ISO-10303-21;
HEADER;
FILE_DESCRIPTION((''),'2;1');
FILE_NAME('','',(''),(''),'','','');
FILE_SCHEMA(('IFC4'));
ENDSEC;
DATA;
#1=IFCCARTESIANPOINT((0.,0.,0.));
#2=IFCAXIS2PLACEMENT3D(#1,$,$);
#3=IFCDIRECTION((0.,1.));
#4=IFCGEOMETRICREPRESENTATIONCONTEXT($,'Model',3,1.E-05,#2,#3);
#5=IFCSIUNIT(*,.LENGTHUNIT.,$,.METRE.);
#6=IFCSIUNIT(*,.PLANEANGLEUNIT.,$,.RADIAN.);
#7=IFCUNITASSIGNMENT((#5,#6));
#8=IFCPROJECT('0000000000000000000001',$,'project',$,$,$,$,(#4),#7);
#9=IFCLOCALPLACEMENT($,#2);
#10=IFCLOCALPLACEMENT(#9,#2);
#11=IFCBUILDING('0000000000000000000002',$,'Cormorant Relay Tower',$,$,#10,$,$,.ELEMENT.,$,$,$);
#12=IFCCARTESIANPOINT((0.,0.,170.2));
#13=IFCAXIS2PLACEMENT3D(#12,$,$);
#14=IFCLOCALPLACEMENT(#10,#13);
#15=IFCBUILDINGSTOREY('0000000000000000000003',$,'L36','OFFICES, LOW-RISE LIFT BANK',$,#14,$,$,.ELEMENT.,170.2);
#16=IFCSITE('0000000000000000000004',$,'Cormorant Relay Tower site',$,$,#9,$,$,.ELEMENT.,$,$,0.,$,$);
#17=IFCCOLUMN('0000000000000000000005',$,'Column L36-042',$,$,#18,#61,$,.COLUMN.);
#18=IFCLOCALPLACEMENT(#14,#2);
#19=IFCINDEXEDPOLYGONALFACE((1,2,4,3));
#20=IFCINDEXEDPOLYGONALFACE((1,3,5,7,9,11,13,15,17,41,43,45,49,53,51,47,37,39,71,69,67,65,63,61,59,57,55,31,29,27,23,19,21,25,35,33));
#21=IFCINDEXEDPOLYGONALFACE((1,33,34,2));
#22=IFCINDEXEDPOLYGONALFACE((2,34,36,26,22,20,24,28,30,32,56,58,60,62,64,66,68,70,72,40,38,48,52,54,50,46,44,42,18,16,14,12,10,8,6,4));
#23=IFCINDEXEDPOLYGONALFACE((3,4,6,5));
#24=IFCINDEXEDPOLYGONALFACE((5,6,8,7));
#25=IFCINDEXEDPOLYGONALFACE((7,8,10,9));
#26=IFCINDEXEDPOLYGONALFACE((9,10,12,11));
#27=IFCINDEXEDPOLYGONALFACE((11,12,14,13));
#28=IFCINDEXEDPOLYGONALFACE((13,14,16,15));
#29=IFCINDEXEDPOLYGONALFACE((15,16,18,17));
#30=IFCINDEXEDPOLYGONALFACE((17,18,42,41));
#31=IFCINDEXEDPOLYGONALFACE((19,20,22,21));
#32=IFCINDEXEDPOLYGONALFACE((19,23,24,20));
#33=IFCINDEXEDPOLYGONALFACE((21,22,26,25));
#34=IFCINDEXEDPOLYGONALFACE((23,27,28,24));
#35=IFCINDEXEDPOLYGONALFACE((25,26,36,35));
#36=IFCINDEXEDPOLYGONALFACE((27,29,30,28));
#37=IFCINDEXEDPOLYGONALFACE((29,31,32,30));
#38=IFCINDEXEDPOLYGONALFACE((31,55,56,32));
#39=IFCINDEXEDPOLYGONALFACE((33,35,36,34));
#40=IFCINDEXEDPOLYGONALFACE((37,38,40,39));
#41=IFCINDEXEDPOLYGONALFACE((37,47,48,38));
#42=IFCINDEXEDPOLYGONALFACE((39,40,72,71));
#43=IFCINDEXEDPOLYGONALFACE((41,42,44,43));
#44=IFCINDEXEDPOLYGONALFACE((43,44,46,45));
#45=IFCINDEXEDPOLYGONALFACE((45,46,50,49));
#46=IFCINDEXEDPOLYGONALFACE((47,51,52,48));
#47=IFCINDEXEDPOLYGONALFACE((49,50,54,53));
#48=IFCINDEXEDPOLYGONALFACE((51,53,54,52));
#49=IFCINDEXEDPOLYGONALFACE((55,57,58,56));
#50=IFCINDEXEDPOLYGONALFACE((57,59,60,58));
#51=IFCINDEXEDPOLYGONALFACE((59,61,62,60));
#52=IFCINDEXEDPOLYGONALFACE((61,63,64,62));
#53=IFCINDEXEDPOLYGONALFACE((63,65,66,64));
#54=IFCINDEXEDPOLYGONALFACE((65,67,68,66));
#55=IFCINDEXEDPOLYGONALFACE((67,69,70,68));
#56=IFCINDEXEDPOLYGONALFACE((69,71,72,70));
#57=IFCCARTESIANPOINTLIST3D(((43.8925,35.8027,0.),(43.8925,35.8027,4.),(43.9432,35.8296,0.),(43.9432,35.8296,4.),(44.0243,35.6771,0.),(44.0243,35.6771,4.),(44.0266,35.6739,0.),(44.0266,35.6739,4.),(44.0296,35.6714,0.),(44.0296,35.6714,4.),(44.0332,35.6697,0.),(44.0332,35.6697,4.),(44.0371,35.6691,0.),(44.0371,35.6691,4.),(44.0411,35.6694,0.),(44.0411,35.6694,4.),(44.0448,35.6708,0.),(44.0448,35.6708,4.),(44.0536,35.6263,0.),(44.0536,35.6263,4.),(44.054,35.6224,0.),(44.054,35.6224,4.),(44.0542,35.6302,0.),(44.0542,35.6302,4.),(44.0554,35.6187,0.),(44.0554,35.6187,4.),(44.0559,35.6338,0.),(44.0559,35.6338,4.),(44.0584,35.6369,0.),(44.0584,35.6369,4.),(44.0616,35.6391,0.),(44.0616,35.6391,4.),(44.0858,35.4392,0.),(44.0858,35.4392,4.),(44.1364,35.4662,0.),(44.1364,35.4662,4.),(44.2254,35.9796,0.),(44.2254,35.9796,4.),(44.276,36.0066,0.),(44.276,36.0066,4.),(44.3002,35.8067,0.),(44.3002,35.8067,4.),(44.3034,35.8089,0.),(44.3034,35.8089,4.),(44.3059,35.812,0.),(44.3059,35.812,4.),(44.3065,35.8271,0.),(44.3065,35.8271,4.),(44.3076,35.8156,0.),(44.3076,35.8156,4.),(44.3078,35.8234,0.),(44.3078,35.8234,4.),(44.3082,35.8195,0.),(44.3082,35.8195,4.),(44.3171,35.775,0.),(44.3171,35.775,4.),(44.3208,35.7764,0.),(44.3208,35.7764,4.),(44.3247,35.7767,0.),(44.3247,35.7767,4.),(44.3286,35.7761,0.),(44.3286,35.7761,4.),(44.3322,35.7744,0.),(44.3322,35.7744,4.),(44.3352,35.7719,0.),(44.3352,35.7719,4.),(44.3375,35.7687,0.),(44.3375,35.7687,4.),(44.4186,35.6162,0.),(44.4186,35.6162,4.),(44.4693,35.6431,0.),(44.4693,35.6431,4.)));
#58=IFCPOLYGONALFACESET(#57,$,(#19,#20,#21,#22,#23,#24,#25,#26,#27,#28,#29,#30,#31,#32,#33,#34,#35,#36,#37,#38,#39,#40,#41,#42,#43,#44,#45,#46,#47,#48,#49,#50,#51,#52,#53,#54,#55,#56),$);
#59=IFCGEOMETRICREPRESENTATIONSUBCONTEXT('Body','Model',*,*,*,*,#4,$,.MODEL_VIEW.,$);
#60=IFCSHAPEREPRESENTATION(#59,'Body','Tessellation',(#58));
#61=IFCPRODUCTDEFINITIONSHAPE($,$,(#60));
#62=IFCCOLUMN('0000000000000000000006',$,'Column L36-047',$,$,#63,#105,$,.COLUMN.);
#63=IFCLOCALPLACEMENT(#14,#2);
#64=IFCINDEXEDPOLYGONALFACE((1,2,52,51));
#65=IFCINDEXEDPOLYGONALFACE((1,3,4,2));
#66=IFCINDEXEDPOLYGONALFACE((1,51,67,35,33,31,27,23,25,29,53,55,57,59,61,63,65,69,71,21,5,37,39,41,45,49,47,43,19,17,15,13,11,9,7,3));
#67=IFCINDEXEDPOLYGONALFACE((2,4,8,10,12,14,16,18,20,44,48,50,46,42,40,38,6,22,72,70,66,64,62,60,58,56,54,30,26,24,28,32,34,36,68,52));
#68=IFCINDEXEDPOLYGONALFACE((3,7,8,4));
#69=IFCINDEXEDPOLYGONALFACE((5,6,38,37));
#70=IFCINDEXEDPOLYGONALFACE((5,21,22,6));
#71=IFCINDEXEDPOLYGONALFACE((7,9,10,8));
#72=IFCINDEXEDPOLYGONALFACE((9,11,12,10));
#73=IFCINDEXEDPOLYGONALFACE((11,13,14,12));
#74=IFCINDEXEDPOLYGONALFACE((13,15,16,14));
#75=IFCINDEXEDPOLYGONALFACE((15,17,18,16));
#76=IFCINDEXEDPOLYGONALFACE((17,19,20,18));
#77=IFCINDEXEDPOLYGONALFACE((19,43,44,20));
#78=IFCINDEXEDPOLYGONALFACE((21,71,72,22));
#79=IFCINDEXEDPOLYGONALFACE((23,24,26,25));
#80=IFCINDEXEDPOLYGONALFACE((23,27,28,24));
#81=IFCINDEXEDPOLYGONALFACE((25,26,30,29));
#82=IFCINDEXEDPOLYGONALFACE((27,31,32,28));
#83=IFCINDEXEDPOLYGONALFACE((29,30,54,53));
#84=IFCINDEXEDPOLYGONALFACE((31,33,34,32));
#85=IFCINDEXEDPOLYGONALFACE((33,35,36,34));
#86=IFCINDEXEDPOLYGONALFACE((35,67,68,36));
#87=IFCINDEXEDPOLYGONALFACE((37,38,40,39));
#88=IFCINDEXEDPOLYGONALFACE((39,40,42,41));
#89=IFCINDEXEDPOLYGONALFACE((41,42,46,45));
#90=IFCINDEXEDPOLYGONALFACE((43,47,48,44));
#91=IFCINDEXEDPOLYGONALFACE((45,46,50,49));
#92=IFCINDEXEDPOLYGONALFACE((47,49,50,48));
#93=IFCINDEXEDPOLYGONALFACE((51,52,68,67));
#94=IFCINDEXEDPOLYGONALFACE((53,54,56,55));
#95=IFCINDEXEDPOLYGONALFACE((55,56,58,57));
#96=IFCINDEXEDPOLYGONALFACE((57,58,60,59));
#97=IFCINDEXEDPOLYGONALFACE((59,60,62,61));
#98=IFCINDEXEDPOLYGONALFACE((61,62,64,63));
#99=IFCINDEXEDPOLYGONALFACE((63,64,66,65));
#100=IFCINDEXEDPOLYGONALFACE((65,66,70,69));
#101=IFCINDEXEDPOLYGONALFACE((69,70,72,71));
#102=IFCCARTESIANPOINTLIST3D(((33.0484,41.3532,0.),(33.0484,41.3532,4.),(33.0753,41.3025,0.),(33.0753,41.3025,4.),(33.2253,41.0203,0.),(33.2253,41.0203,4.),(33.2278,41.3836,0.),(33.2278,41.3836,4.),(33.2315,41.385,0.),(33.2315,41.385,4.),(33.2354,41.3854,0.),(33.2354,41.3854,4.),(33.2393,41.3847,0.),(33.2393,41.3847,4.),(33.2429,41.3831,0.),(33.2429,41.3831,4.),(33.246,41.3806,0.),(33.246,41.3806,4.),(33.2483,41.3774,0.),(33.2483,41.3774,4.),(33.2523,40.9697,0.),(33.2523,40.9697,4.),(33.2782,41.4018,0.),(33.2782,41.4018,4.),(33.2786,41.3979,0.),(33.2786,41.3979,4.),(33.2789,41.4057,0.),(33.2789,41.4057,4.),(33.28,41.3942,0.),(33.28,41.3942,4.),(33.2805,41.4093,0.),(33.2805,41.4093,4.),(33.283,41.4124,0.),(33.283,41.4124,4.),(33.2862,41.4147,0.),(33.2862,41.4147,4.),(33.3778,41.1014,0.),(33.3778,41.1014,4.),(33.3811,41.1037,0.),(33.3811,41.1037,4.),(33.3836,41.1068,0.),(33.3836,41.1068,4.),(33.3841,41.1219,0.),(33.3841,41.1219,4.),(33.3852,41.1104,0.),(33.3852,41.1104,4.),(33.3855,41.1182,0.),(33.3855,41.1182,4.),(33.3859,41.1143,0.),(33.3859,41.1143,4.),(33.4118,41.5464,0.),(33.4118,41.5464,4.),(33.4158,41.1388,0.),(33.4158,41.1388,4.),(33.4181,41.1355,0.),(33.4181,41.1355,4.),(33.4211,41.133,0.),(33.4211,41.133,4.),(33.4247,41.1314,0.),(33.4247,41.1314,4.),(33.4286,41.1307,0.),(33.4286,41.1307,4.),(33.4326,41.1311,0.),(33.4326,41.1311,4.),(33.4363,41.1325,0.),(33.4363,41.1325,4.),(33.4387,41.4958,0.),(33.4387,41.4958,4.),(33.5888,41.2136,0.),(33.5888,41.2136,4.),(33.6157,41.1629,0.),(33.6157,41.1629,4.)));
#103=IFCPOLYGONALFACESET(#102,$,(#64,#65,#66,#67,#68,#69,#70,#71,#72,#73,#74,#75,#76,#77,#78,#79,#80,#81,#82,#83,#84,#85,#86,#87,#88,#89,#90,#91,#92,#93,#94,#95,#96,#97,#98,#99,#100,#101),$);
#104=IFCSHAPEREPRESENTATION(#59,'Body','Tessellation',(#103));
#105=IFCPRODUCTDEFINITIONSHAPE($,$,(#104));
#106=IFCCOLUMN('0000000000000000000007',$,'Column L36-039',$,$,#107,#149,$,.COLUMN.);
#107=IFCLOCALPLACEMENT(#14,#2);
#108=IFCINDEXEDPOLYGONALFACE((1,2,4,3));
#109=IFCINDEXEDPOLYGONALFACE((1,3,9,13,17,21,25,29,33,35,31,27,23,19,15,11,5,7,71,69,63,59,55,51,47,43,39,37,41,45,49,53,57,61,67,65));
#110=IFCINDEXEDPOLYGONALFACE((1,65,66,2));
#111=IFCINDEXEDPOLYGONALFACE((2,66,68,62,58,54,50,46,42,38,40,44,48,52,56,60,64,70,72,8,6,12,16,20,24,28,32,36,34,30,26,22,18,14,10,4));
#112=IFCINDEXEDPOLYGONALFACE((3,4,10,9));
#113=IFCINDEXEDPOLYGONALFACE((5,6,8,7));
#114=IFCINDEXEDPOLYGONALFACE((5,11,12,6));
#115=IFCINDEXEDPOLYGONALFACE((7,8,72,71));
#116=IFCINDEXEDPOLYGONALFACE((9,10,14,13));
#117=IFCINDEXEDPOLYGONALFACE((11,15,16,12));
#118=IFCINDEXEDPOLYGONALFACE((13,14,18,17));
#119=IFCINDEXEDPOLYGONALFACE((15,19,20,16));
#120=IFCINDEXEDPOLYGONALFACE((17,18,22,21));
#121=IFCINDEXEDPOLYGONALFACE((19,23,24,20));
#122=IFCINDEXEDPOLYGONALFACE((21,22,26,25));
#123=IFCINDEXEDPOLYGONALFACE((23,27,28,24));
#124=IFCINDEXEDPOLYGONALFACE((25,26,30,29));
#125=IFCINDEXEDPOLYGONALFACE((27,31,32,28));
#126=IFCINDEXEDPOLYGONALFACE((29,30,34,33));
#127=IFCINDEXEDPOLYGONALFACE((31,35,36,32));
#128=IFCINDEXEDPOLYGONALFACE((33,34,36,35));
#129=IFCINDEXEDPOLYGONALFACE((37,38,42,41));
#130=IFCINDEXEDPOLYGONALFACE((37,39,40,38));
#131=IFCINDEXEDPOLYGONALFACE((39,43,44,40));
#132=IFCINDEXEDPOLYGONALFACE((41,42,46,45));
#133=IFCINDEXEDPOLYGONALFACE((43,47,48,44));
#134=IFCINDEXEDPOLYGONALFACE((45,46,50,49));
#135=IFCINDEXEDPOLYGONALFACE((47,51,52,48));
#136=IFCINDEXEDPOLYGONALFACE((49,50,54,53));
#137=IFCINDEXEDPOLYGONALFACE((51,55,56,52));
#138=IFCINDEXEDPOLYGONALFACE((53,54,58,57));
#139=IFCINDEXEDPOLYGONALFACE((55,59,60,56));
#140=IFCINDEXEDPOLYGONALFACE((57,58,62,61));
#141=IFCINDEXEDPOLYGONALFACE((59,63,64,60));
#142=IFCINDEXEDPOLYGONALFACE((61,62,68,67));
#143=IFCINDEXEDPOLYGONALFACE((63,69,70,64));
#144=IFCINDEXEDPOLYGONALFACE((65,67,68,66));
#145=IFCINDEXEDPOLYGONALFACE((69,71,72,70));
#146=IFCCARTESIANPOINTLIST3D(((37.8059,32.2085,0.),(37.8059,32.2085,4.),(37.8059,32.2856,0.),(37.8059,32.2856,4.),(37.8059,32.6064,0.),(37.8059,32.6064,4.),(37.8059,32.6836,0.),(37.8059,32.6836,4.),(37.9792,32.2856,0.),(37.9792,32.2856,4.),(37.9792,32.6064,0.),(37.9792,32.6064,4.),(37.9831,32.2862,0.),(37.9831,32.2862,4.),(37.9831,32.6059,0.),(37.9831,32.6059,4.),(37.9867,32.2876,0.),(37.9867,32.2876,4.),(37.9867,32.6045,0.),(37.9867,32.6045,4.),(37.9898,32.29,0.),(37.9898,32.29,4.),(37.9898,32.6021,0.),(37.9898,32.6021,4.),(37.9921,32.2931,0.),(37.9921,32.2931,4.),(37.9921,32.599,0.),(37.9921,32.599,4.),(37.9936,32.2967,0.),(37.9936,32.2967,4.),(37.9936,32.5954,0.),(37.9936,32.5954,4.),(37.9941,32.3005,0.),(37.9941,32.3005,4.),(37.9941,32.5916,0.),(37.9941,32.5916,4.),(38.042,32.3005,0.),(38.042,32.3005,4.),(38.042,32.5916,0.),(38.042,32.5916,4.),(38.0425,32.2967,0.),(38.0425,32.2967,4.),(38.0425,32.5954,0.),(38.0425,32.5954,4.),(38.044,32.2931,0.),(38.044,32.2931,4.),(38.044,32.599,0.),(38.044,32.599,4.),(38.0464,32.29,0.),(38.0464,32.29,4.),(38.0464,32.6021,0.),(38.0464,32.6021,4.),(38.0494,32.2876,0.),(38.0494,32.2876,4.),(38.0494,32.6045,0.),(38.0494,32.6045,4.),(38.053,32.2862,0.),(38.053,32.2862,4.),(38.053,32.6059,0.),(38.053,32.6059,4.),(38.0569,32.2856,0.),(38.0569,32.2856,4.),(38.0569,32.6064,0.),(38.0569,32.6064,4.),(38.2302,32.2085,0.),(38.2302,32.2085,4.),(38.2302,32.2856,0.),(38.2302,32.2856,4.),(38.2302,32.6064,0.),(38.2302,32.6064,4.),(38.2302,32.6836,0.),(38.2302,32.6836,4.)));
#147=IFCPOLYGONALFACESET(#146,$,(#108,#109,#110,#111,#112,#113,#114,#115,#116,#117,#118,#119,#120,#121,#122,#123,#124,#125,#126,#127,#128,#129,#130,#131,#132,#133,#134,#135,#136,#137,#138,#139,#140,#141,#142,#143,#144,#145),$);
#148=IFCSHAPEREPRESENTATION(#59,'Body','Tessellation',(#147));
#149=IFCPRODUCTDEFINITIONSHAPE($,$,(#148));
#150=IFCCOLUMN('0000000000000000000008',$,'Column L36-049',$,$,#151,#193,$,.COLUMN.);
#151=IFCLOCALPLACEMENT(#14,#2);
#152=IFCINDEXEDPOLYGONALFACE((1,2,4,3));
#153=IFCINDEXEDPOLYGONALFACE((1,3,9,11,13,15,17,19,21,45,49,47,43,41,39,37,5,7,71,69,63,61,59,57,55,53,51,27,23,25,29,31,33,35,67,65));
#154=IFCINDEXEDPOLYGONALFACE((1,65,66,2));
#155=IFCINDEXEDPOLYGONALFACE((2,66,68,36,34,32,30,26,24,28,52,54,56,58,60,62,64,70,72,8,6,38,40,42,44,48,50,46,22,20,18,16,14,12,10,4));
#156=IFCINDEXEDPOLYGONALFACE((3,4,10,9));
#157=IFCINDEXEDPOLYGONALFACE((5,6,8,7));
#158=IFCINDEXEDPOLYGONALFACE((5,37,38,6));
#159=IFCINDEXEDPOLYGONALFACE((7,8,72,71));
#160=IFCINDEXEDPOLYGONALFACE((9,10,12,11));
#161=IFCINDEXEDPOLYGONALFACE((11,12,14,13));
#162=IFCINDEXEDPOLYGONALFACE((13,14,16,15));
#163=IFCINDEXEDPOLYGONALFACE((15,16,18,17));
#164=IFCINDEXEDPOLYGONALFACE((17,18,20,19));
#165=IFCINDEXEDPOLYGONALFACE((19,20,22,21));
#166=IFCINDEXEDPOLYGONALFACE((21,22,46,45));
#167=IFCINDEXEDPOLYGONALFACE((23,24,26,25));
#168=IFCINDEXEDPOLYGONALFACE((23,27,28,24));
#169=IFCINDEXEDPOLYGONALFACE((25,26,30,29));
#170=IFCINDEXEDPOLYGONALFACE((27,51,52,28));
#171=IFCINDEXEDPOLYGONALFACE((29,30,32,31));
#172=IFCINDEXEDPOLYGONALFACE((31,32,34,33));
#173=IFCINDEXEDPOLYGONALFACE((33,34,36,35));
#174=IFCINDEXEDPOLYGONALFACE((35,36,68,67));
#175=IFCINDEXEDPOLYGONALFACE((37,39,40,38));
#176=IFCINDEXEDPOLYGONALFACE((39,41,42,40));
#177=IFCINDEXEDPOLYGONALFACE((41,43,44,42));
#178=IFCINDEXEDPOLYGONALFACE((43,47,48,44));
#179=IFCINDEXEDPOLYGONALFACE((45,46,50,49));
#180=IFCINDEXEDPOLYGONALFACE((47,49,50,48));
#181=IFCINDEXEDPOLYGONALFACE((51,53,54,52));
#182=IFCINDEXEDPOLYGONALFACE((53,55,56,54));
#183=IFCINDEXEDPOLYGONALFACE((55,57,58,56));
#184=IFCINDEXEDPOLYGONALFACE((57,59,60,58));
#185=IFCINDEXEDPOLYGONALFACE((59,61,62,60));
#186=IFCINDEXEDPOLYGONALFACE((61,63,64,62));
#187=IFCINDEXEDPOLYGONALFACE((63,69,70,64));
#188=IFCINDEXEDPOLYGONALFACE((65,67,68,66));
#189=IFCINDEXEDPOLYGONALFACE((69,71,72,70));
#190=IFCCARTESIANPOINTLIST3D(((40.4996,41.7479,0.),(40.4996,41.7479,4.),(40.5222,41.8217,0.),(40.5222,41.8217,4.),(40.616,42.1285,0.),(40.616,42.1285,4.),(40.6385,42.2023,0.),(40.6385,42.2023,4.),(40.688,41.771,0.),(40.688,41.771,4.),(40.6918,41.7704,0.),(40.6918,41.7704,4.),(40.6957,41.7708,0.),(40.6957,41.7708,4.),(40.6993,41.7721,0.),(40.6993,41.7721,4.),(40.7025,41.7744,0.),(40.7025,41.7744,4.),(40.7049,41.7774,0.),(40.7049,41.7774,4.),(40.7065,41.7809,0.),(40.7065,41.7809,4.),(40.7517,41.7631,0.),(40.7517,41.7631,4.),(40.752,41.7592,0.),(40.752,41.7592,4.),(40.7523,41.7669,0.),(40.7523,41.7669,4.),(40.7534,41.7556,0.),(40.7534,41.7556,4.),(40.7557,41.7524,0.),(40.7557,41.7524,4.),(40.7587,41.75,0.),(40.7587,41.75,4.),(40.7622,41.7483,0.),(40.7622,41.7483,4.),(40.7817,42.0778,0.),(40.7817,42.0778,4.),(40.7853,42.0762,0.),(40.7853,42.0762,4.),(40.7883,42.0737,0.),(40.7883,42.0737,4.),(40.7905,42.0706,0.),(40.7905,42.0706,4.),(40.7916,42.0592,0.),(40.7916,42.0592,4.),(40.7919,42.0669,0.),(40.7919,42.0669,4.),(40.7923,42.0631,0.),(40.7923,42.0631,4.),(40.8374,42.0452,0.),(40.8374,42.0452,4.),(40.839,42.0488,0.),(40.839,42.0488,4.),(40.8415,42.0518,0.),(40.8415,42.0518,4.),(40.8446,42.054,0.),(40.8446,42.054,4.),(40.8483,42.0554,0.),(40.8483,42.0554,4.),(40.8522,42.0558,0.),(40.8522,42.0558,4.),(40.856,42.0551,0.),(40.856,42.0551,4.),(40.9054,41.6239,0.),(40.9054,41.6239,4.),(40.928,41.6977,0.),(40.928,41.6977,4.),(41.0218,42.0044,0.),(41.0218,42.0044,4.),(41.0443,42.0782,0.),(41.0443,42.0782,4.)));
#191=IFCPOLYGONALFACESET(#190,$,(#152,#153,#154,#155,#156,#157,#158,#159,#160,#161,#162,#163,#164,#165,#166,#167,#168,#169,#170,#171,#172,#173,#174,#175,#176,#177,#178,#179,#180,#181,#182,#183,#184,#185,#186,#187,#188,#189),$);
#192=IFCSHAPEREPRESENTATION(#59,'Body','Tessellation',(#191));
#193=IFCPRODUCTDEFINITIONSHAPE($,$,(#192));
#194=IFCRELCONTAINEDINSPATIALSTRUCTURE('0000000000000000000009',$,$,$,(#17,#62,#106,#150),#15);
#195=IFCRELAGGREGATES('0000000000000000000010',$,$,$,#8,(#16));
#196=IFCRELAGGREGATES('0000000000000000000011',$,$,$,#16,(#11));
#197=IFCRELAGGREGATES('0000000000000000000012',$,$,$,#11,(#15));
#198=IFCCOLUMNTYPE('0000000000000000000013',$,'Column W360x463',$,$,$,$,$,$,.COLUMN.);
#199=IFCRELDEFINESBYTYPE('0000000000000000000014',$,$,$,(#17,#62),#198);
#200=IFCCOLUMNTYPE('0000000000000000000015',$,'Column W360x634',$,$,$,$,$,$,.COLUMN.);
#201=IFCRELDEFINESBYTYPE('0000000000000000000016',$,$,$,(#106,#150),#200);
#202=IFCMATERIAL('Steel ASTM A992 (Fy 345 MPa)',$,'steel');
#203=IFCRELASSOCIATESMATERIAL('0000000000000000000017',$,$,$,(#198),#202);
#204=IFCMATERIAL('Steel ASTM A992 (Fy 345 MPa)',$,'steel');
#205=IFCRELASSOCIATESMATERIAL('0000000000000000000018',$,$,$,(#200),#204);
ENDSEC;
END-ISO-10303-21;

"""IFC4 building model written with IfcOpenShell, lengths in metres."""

from ifc_helpers import new_model, si_unit, direction, frame, origin, origin_2d, place, context, subcontext, project, spatial, i_section, extrude, material, material_profile, profile_set, type_object, element, save


model = new_model("IFC4")

# Units and contexts
model_context = context("Model", 3, precision=1e-05, world=origin(), true_north=direction((0.0, 1.0)))
body_context = subcontext(model_context, "Body", "Model", "MODEL_VIEW")
ifc_project = project(units=[si_unit("LENGTHUNIT", "METRE"), si_unit("PLANEANGLEUNIT", "RADIAN")], contexts=[model_context])

# Site, building, storey
site_placement = place(None, origin())
site = spatial("IfcSite", under=ifc_project, at=site_placement, Name="Cormorant Relay Tower site", CompositionType="ELEMENT", RefElevation=0.0)
building_placement = place(site_placement, origin())
building = spatial("IfcBuilding", under=site, at=building_placement, Name="Cormorant Relay Tower", CompositionType="ELEMENT")
storey_placement = place(building_placement, frame((0.0, 0.0, 170.2)))
storey = spatial("IfcBuildingStorey", under=building, at=storey_placement, Name="L36", Description="OFFICES, LOW-RISE LIFT BANK", CompositionType="ELEMENT", Elevation=170.2)

# Columns
ifc_material_1 = material(Name="Steel ASTM A992 (Fy 345 MPa)", Category="steel")
ifc_material_profile_1 = material_profile(ifc_material_1, i_section(OverallWidth=0.4116, OverallDepth=0.4343, WebThickness=0.0359, FlangeThickness=0.0574, FilletRadius=0.0151, at=origin_2d()), Name="W360x463")
ifc_profile_set_1 = profile_set([ifc_material_profile_1], Name="Steel ASTM A992 (Fy 345 MPa)")
column_type_1 = type_object("IfcColumnType", Name="Column W360x463", PredefinedType="COLUMN", material=ifc_profile_set_1)
for number, where, z_axis, x_axis, name in (
    (1, (44.1809, 35.7229, 0.0), (0.0, 0.0, 1.0), (-0.469472, 0.882948, 0.0), "Column L36-042"),
    (2, (33.332, 41.2581, 0.0), (0.0, 0.0, 1.0), (-0.882948, -0.469472, 0.0), "Column L36-047"),
):
    element("IfcColumn", number, at=place(storey_placement, frame(where, z_axis=z_axis, x_axis=x_axis)), inside=storey, type_object=column_type_1, Name=name, PredefinedType="COLUMN", context=body_context, shape_type="SweptSolid", body=[
        extrude(i_section(OverallWidth=0.4116, OverallDepth=0.4343, WebThickness=0.0359, FlangeThickness=0.0574, FilletRadius=0.0151, at=origin_2d()), origin(), (0.0, 0.0, 1.0), 4.0),
    ])
ifc_material_2 = material(Name="Steel ASTM A992 (Fy 345 MPa)", Category="steel")
ifc_material_profile_2 = material_profile(ifc_material_2, i_section(OverallWidth=0.4243, OverallDepth=0.4751, WebThickness=0.0479, FlangeThickness=0.0771, FilletRadius=0.0149, at=origin_2d()), Name="W360x634")
ifc_profile_set_2 = profile_set([ifc_material_profile_2], Name="Steel ASTM A992 (Fy 345 MPa)")
column_type_2 = type_object("IfcColumnType", Name="Column W360x634", PredefinedType="COLUMN", material=ifc_profile_set_2)
for number, where, z_axis, x_axis, name in (
    (3, (38.0181, 32.446, 0.0), (0.0, 0.0, 1.0), (1.0, 0.0, 0.0), "Column L36-039"),
    (4, (40.772, 41.9131, 0.0), (0.0, 0.0, 1.0), (-0.956305, 0.292372, 0.0), "Column L36-049"),
):
    element("IfcColumn", number, at=place(storey_placement, frame(where, z_axis=z_axis, x_axis=x_axis)), inside=storey, type_object=column_type_2, Name=name, PredefinedType="COLUMN", context=body_context, shape_type="SweptSolid", body=[
        extrude(i_section(OverallWidth=0.4243, OverallDepth=0.4751, WebThickness=0.0479, FlangeThickness=0.0771, FilletRadius=0.0149, at=origin_2d()), origin(), (0.0, 0.0, 1.0), 4.0),
    ])

save(model, "model.ifc")
